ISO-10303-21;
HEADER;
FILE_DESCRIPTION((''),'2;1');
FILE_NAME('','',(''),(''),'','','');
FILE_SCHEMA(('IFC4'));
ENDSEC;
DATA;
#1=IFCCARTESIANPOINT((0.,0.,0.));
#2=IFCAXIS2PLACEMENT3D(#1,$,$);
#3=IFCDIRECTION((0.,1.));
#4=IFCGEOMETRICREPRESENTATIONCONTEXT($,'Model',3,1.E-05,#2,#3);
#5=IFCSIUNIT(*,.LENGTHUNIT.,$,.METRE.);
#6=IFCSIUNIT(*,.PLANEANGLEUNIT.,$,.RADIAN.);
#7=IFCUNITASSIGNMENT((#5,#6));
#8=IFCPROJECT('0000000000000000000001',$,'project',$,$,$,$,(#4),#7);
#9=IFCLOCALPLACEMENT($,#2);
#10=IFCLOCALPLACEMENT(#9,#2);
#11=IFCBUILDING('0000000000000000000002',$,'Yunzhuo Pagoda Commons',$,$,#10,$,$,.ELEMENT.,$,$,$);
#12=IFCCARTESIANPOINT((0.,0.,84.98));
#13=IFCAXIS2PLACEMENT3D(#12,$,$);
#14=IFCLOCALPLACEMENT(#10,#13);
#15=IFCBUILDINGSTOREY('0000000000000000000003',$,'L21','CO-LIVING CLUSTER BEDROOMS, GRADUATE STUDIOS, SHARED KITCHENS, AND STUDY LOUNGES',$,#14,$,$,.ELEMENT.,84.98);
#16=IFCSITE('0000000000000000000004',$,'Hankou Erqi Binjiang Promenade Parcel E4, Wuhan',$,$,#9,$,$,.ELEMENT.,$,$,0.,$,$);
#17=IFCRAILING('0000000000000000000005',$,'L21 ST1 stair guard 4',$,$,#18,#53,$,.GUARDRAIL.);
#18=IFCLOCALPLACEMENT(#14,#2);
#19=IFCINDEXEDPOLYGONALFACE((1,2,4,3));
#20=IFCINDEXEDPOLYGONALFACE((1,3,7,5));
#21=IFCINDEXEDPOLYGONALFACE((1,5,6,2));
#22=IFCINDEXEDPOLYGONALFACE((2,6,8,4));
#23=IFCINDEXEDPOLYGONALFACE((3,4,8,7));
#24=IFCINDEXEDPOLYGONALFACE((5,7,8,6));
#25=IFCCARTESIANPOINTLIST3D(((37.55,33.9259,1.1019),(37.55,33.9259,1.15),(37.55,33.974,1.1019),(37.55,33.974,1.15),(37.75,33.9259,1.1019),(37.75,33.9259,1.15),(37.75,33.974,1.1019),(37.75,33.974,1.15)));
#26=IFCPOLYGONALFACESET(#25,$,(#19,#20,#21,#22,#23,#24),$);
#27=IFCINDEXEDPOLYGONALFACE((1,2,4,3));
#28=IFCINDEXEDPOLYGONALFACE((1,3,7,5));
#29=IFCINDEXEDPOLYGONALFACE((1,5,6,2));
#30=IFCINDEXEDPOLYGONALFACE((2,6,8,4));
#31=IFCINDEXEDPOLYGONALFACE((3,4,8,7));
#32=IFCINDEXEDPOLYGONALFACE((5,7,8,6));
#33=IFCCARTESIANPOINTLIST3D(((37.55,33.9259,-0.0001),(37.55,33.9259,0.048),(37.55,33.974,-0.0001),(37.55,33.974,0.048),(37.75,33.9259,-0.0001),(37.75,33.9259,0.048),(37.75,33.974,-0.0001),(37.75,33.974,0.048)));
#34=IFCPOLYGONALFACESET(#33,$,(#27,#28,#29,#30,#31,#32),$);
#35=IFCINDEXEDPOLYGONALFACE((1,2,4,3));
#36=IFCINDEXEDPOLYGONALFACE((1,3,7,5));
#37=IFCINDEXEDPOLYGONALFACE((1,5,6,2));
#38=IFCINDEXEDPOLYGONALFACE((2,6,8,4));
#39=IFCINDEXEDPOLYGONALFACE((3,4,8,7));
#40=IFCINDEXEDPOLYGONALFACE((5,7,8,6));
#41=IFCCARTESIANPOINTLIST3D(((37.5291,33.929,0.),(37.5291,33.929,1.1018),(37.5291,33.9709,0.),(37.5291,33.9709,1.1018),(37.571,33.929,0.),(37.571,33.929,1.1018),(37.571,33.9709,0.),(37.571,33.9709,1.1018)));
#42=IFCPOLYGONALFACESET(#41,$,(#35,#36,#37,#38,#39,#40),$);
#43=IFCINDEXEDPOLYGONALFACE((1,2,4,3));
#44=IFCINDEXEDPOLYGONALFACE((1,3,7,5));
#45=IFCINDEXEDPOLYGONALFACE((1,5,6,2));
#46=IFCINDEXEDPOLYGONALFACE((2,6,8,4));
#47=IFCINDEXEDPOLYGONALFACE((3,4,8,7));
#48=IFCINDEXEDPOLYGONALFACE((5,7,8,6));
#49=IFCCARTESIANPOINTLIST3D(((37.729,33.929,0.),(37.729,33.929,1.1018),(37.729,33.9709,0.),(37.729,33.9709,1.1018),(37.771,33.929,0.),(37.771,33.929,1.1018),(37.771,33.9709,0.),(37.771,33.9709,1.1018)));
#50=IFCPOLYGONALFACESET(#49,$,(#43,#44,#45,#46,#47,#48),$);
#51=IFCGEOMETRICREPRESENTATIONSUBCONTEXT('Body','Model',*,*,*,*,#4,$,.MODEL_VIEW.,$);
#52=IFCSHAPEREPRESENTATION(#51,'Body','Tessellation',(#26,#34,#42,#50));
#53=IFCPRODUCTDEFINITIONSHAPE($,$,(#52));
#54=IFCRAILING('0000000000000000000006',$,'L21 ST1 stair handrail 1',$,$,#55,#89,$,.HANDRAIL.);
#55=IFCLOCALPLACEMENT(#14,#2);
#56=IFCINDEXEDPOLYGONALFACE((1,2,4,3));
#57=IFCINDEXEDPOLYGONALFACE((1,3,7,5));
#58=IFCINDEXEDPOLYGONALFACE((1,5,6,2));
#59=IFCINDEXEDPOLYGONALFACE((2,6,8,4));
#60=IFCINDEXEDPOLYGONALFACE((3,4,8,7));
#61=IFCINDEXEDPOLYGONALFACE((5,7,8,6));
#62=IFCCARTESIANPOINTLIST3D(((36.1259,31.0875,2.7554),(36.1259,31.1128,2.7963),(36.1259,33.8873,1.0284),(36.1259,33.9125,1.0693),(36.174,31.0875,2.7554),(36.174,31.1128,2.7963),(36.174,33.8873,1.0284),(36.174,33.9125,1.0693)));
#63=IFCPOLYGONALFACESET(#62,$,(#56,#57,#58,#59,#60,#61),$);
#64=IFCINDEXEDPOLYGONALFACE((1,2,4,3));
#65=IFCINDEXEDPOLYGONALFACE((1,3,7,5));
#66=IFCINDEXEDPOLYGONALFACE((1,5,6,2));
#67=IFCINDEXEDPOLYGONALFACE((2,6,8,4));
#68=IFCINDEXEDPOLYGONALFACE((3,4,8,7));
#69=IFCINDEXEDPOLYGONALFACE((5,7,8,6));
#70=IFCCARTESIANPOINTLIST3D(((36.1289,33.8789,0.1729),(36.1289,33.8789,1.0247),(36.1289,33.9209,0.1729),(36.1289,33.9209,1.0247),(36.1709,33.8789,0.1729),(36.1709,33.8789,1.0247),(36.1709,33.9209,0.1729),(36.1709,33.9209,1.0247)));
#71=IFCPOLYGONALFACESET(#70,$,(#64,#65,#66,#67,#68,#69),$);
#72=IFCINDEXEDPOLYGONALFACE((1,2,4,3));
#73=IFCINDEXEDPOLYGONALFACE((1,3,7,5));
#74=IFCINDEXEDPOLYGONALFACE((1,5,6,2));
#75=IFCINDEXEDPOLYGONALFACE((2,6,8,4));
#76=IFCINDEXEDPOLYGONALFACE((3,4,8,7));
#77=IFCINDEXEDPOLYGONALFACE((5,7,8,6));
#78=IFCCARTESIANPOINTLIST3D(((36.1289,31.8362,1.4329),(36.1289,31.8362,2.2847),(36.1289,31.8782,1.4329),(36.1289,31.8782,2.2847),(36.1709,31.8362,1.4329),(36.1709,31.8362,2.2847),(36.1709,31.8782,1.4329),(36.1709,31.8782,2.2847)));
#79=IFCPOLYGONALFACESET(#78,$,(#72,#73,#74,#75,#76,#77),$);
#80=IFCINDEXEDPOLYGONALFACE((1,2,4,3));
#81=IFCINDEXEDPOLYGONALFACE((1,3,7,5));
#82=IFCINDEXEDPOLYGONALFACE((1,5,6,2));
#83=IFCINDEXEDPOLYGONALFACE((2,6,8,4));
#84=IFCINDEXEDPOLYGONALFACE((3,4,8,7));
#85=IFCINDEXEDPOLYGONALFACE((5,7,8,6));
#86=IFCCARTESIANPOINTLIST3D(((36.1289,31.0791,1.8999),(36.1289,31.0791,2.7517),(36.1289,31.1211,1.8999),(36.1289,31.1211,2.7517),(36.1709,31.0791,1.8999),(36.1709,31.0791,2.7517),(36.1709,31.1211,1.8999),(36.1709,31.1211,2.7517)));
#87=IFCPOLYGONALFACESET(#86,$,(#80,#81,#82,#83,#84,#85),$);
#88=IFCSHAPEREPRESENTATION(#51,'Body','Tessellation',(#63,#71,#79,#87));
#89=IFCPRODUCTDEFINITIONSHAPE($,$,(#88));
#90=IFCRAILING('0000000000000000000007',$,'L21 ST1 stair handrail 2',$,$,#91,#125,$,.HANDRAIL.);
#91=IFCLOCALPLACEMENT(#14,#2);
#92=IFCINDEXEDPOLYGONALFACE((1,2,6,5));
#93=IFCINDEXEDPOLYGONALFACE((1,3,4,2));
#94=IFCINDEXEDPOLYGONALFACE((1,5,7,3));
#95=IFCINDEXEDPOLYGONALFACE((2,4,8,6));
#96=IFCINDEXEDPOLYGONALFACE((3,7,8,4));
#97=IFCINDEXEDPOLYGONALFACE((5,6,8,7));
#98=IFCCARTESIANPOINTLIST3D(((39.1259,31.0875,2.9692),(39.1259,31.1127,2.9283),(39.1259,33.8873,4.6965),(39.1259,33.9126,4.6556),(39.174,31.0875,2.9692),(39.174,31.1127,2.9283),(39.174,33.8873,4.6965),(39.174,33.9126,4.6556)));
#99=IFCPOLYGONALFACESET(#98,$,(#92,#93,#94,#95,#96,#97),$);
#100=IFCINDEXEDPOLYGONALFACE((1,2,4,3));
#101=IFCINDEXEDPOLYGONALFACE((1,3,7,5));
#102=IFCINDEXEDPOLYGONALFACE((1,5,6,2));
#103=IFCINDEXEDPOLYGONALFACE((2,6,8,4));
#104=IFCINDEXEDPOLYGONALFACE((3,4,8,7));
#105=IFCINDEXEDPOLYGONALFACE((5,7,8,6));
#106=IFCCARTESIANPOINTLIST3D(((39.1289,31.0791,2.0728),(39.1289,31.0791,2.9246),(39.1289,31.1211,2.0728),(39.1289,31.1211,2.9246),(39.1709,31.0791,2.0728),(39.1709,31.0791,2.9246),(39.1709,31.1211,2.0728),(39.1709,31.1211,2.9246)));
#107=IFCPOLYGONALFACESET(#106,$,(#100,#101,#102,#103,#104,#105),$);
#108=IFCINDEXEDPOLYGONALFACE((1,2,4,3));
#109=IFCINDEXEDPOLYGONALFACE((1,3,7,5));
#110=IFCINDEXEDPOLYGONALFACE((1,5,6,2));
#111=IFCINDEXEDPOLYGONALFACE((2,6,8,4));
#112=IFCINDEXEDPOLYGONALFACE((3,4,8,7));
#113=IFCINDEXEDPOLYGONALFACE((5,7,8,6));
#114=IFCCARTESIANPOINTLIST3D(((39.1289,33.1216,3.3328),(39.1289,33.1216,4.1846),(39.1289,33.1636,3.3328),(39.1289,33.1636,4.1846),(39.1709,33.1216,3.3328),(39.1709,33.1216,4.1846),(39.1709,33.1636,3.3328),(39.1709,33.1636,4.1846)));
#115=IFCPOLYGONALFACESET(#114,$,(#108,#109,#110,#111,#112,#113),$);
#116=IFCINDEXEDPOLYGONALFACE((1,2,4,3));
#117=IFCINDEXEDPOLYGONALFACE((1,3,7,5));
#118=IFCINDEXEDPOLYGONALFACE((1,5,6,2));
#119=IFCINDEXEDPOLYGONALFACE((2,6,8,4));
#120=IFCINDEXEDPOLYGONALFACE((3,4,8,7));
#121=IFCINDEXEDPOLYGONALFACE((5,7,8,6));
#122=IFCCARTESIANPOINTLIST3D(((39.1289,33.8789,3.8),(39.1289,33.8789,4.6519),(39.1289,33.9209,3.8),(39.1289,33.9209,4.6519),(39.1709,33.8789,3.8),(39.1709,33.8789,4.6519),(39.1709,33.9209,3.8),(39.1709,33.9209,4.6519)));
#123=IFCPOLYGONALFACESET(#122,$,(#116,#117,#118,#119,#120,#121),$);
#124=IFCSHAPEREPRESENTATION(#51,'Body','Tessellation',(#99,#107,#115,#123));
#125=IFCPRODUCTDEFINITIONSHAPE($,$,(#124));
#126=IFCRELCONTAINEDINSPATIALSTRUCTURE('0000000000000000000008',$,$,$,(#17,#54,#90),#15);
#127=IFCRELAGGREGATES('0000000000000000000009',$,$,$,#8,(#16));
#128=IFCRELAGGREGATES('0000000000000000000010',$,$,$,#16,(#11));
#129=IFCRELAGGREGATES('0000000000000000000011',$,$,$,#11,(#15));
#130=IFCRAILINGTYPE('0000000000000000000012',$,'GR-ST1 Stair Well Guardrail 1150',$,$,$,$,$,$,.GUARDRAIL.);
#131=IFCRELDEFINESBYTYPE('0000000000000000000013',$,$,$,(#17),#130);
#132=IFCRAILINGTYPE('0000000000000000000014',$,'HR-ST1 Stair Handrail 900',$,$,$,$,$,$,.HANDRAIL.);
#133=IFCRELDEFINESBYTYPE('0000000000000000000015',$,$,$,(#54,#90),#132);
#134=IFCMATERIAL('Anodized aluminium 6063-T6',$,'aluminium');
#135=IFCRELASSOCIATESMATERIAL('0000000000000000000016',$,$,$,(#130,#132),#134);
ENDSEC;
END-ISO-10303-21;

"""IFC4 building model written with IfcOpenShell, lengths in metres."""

from ifc_helpers import new_model, si_unit, direction, frame, origin, origin_2d, place, context, subcontext, project, spatial, rectangle, extrude, material, type_object, element, save


model = new_model("IFC4")

# Units and contexts
model_context = context("Model", 3, precision=1e-05, world=origin(), true_north=direction((0.0, 1.0)))
body_context = subcontext(model_context, "Body", "Model", "MODEL_VIEW")
ifc_project = project(units=[si_unit("LENGTHUNIT", "METRE"), si_unit("PLANEANGLEUNIT", "RADIAN")], contexts=[model_context])

# Site, building, storey
site_placement = place(None, origin())
site = spatial("IfcSite", under=ifc_project, at=site_placement, Name="Hankou Erqi Binjiang Promenade Parcel E4, Wuhan", CompositionType="ELEMENT", RefElevation=0.0)
building_placement = place(site_placement, origin())
building = spatial("IfcBuilding", under=site, at=building_placement, Name="Yunzhuo Pagoda Commons", CompositionType="ELEMENT")
storey_placement = place(building_placement, frame((0.0, 0.0, 84.98)))
storey = spatial("IfcBuildingStorey", under=building, at=storey_placement, Name="L21", Description="CO-LIVING CLUSTER BEDROOMS, GRADUATE STUDIOS, SHARED KITCHENS, AND STUDY LOUNGES", CompositionType="ELEMENT", Elevation=84.98)

# Railings
ifc_material_1 = material(Name="Anodized aluminium 6063-T6", Category="aluminium")
railing_type_1 = type_object("IfcRailingType", Name="GR-ST1 Stair Well Guardrail 1150", PredefinedType="GUARDRAIL", material=ifc_material_1)
railing_1_placement = place(storey_placement, frame((37.55, 33.95, 0.0)))
element("IfcRailing", 1, at=railing_1_placement, inside=storey, type_object=railing_type_1, Name="L21 ST1 stair guard 4", PredefinedType="GUARDRAIL", context=body_context, shape_type="SweptSolid", body=[
    extrude(rectangle(XDim=0.0481, YDim=0.0481, at=origin_2d()), frame((0.0, 0.0, 1.126), z_axis=(1.0, 0.0, 0.0), x_axis=(0.0, 1.0, 0.0)), (0.0, 0.0, 1.0), 0.2),
    extrude(rectangle(XDim=0.0481, YDim=0.0481, at=origin_2d()), frame((0.0, 0.0, 0.0239), z_axis=(1.0, 0.0, 0.0), x_axis=(0.0, 1.0, 0.0)), (0.0, 0.0, 1.0), 0.2),
    extrude(rectangle(XDim=0.042, YDim=0.042, at=origin_2d()), origin(), (0.0, 0.0, 1.0), 1.1018),
    extrude(rectangle(XDim=0.042, YDim=0.042, at=origin_2d()), frame((0.2, 0.0, 0.0)), (0.0, 0.0, 1.0), 1.1018),
])
railing_type_2 = type_object("IfcRailingType", Name="HR-ST1 Stair Handrail 900", PredefinedType="HANDRAIL", material=ifc_material_1)
railing_2_placement = place(storey_placement, frame((36.1499, 33.8999, 0.1729)))
element("IfcRailing", 2, at=railing_2_placement, inside=storey, type_object=railing_type_2, Name="L21 ST1 stair handrail 1", PredefinedType="HANDRAIL", context=body_context, shape_type="SweptSolid", body=[
    extrude(rectangle(XDim=0.0481, YDim=0.0481, at=origin_2d()), frame((0.0, 0.0, 0.876), z_axis=(0.0, -0.851102, 0.525), x_axis=(1.0, 0.0, 0.0)), (0.0, 0.0, 1.0), 3.2896),
    extrude(rectangle(XDim=0.042, YDim=0.042, at=origin_2d()), origin(), (0.0, 0.0, 1.0), 0.8518),
    extrude(rectangle(XDim=0.042, YDim=0.042, at=origin_2d()), frame((0.0, -2.0427, 1.26)), (0.0, 0.0, 1.0), 0.8518),
    extrude(rectangle(XDim=0.042, YDim=0.042, at=origin_2d()), frame((0.0, -2.7998, 1.7271)), (0.0, 0.0, 1.0), 0.8518),
])
railing_3_placement = place(storey_placement, frame((39.1499, 31.1001, 2.0728)))
element("IfcRailing", 3, at=railing_3_placement, inside=storey, type_object=railing_type_2, Name="L21 ST1 stair handrail 2", PredefinedType="HANDRAIL", context=body_context, shape_type="SweptSolid", body=[
    extrude(rectangle(XDim=0.0481, YDim=0.0481, at=origin_2d()), frame((0.0, 0.0, 0.876), z_axis=(0.0, 0.851069, 0.525054), x_axis=(-1.0, 0.0, 0.0)), (0.0, 0.0, 1.0), 3.2898),
    extrude(rectangle(XDim=0.042, YDim=0.042, at=origin_2d()), origin(), (0.0, 0.0, 1.0), 0.8518),
    extrude(rectangle(XDim=0.042, YDim=0.042, at=origin_2d()), frame((0.0, 2.0425, 1.26)), (0.0, 0.0, 1.0), 0.8518),
    extrude(rectangle(XDim=0.042, YDim=0.042, at=origin_2d()), frame((0.0, 2.7998, 1.7273)), (0.0, 0.0, 1.0), 0.8518),
])

save(model, "model.ifc")
